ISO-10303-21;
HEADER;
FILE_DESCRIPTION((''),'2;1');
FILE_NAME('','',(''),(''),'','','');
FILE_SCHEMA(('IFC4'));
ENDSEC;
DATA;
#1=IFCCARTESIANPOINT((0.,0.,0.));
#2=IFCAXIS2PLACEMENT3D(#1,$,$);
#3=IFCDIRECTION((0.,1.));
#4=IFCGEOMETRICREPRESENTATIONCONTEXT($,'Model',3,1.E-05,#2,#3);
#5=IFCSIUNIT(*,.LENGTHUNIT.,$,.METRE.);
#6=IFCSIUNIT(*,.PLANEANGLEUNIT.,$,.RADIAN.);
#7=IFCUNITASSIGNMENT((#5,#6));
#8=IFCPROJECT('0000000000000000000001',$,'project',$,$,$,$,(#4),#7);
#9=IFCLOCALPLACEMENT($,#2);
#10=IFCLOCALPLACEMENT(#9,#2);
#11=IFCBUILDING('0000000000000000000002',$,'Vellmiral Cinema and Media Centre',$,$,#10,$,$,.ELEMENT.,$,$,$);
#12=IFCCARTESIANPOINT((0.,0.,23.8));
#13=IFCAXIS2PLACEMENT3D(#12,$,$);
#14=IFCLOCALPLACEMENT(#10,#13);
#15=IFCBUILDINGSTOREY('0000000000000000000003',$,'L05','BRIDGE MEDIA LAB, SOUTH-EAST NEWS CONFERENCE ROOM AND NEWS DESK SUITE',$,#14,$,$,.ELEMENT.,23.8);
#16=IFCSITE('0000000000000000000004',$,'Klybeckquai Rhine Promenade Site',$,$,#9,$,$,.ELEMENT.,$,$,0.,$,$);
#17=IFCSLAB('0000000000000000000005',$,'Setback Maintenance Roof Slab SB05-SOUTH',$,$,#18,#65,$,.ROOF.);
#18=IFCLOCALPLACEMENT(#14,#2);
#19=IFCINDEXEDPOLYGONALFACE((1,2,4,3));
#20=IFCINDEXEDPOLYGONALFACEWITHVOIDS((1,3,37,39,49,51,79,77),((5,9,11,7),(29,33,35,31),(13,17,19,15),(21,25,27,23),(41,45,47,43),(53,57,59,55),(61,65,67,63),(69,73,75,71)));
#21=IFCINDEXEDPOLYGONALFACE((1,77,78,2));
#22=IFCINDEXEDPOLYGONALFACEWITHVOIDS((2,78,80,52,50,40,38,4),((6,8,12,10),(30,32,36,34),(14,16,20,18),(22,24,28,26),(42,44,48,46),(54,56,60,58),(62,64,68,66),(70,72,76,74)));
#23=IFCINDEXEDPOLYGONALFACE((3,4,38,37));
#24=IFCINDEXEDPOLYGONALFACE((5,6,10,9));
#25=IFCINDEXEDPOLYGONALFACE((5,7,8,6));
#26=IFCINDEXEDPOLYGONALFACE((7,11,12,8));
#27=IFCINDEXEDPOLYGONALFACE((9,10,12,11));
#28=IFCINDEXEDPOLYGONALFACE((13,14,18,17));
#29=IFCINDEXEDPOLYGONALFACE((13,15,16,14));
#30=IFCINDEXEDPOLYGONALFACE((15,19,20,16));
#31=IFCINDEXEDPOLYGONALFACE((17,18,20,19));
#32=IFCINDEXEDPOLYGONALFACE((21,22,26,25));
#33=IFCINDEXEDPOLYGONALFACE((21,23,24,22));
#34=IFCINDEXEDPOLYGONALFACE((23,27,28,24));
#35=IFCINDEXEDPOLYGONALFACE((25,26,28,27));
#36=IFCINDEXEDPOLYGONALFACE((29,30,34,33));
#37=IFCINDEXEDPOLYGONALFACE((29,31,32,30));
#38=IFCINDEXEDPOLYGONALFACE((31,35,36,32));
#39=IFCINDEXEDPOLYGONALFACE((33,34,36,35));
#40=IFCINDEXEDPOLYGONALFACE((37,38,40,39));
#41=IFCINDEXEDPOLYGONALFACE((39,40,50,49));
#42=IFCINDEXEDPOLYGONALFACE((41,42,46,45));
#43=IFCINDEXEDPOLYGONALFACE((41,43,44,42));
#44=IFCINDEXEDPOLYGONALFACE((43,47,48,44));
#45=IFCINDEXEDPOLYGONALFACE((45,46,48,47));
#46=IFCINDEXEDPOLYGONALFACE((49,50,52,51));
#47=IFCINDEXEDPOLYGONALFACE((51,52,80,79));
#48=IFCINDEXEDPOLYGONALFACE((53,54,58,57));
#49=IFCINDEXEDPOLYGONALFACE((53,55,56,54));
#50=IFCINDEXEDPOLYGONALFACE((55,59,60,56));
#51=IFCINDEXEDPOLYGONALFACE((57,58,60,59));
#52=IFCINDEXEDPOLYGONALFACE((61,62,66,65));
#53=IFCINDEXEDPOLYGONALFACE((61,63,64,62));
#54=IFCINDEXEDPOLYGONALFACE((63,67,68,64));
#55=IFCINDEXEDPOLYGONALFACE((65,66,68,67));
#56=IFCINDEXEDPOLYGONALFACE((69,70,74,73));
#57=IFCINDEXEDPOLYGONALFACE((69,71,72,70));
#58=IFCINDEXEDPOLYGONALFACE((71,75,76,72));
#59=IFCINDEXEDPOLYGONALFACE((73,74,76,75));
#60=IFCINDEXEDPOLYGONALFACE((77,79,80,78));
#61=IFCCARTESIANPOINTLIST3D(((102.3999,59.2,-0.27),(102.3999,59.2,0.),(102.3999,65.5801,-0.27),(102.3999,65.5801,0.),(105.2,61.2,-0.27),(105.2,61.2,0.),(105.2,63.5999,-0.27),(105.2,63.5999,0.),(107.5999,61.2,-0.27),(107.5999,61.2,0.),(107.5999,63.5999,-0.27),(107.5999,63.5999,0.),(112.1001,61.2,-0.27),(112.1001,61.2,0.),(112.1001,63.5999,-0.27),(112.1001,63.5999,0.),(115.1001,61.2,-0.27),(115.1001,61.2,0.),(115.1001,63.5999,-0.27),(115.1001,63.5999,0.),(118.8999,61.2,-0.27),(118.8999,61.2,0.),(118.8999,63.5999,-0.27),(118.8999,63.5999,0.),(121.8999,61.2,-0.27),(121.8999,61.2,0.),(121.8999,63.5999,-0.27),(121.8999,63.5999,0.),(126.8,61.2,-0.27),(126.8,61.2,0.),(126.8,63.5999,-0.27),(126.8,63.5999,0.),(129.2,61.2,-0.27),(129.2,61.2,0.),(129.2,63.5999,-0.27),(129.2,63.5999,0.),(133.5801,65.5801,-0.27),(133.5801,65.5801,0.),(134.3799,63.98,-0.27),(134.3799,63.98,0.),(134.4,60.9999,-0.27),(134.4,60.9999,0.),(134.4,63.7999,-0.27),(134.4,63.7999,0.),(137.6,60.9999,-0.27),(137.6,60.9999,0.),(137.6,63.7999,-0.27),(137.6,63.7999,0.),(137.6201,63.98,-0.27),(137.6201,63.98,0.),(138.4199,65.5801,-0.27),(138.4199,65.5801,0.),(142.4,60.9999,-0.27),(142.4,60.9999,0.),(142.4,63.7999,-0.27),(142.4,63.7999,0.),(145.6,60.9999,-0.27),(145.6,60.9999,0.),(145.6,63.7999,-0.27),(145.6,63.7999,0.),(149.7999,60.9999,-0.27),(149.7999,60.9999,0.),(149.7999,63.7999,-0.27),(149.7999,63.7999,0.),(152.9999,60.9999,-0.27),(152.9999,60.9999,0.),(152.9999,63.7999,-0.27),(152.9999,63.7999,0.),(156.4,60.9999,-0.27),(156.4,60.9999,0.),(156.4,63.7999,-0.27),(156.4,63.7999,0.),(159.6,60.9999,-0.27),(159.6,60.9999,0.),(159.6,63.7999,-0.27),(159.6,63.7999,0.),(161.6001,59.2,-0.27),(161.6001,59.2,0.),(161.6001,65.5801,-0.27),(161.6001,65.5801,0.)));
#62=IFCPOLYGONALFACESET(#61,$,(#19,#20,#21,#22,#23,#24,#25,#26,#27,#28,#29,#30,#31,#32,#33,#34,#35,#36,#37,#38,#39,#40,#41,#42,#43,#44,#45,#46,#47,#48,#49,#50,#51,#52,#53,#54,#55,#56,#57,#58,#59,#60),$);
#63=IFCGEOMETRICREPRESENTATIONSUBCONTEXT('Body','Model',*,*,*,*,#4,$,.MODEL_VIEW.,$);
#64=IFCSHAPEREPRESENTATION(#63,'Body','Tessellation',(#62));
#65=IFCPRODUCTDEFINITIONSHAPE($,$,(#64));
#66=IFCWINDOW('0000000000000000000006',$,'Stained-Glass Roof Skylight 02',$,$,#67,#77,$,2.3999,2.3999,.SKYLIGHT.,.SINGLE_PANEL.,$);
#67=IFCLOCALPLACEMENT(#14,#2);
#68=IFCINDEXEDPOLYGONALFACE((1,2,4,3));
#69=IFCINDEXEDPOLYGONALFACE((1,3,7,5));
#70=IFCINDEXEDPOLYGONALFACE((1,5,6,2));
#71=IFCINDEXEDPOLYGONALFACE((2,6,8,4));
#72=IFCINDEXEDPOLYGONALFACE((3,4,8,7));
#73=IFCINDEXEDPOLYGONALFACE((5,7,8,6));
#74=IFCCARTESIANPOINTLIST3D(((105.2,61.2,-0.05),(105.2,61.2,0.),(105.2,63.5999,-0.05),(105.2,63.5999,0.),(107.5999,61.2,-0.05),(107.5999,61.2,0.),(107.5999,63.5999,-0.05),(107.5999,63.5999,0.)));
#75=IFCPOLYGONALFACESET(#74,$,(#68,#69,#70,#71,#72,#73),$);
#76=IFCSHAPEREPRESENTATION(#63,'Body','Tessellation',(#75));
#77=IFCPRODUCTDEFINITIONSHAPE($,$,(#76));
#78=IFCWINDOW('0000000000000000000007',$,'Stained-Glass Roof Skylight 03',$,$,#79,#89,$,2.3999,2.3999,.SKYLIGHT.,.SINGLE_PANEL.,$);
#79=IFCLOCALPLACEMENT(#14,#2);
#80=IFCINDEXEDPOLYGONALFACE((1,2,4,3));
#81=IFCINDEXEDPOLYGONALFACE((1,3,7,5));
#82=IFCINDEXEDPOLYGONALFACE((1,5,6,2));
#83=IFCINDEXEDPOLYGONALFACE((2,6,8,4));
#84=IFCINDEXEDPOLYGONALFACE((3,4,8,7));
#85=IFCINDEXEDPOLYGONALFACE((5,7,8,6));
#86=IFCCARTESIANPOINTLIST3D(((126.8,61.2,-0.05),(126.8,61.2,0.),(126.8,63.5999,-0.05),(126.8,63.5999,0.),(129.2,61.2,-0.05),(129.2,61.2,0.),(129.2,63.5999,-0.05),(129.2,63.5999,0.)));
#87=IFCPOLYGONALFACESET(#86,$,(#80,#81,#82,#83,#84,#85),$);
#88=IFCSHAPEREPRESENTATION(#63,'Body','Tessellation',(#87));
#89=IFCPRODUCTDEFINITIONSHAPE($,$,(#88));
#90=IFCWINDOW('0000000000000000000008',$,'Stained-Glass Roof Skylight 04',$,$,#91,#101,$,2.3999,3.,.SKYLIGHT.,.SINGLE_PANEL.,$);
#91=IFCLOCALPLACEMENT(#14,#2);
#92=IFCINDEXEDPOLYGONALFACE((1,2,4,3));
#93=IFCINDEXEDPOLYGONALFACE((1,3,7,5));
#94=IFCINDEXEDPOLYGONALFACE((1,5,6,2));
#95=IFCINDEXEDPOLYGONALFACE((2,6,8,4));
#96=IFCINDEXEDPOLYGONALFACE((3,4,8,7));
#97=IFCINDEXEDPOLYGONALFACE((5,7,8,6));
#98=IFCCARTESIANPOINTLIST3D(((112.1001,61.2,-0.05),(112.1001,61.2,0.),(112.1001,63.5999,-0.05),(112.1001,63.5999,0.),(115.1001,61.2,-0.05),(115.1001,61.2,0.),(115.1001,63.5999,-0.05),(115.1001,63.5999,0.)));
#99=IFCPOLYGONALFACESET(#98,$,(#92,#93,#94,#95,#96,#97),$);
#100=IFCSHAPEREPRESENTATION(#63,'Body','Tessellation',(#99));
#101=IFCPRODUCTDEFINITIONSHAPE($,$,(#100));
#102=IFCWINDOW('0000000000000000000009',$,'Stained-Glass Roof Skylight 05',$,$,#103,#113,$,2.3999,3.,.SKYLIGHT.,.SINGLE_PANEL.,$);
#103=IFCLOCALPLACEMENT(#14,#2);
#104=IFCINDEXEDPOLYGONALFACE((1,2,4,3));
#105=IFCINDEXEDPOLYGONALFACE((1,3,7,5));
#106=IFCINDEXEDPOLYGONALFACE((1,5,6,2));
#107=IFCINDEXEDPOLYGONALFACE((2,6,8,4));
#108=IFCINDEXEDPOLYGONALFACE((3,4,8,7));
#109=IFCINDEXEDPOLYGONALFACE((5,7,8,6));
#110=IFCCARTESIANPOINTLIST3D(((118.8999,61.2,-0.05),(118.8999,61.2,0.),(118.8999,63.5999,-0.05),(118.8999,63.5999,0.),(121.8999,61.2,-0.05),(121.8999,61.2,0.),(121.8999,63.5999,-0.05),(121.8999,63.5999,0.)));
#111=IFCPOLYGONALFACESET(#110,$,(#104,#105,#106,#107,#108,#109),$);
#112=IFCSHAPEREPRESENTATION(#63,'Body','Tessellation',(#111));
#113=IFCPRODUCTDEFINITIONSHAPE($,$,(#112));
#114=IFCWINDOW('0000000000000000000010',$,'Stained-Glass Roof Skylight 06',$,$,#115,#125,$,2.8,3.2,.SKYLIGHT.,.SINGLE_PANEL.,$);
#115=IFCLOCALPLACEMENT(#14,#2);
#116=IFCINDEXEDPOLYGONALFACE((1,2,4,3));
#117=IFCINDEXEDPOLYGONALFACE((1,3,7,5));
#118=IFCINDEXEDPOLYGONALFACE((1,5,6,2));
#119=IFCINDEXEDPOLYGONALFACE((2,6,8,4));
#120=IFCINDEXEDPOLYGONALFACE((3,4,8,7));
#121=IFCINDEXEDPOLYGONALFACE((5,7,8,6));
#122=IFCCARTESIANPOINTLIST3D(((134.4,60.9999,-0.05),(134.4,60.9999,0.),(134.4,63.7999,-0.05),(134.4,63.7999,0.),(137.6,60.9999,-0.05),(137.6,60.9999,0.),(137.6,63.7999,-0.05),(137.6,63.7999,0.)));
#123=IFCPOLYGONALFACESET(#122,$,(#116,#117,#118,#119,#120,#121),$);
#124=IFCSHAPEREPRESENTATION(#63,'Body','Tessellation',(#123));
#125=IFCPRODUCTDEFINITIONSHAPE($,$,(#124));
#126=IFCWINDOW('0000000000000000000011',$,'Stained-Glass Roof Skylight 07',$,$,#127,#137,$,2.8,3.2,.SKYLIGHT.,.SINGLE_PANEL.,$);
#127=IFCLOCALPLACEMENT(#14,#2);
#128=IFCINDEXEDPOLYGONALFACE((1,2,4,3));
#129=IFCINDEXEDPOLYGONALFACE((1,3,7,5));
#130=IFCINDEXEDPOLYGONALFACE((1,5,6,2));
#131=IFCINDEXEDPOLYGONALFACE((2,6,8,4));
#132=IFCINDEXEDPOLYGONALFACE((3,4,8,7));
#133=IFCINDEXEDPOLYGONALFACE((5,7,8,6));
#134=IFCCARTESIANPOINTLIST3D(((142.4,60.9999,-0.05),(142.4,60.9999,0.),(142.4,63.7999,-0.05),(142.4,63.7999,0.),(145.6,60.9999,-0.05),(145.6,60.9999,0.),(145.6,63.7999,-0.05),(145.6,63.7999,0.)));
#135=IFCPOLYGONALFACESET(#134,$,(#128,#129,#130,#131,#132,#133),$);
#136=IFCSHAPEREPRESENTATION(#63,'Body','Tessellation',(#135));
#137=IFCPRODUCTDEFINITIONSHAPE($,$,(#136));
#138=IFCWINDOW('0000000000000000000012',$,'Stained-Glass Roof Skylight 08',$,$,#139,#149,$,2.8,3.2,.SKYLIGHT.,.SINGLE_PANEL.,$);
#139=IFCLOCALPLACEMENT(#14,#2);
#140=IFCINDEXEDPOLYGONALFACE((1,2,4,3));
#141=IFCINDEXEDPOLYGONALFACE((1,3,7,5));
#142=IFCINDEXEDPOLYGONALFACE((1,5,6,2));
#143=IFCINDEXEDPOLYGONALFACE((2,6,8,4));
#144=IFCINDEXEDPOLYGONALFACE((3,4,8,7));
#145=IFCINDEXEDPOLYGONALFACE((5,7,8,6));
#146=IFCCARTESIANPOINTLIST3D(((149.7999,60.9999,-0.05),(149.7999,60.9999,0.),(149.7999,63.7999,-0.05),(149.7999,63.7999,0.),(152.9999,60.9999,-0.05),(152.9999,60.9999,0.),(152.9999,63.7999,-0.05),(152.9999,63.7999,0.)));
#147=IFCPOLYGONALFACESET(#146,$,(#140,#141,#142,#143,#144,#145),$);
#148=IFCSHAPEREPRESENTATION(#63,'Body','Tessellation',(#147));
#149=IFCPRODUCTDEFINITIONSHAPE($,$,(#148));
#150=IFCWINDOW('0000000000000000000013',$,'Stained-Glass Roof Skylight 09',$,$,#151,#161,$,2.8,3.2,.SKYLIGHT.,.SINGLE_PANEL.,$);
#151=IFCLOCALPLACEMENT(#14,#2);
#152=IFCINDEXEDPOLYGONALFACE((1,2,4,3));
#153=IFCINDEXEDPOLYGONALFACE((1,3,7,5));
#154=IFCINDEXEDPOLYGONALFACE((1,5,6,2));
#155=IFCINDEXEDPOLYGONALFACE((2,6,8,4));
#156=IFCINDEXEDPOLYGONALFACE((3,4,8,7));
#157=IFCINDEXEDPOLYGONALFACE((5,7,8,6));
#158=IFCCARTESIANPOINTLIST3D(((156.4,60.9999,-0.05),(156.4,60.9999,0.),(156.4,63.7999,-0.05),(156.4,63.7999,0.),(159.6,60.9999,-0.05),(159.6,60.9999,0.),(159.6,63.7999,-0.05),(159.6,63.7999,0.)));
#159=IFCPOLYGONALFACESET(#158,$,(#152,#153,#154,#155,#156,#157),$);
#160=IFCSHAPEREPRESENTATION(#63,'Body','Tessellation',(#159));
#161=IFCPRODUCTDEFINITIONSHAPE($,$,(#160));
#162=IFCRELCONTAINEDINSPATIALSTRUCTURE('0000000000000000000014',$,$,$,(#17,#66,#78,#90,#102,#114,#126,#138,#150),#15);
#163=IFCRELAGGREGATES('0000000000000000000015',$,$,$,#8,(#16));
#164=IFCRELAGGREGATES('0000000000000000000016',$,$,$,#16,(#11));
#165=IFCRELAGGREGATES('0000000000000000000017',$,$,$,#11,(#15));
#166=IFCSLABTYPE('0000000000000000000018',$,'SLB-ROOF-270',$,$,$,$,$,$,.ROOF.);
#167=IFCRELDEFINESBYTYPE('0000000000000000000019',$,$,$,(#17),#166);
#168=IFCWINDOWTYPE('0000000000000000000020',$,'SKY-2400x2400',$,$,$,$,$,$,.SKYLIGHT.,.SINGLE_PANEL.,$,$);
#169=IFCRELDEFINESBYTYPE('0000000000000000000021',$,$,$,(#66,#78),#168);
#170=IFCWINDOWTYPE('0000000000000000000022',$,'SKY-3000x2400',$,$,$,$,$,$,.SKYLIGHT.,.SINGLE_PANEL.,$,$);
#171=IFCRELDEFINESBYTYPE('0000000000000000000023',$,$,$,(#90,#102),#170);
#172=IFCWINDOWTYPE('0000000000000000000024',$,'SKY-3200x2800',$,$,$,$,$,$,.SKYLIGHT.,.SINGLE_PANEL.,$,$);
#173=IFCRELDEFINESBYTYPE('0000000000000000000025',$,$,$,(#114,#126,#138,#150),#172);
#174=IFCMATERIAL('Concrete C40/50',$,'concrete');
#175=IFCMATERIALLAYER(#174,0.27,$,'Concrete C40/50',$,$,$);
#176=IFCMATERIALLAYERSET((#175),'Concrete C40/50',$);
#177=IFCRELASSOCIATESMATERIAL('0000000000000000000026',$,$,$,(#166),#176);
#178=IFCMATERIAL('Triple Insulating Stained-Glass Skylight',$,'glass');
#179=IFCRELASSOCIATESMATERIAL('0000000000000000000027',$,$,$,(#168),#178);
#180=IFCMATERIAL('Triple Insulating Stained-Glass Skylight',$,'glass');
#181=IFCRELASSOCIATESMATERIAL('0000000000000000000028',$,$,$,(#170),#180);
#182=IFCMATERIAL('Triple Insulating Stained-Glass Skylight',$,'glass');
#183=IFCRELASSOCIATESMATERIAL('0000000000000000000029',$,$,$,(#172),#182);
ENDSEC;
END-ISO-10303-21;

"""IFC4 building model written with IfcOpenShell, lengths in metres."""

from ifc_helpers import new_model, si_unit, direction, frame, origin, origin_2d, place, context, subcontext, project, spatial, polyline, rectangle, outline, extrude, material, layer, layer_set, type_object, element, fill, save


model = new_model("IFC4")

# Units and contexts
model_context = context("Model", 3, precision=1e-05, world=origin(), true_north=direction((0.0, 1.0)))
body_context = subcontext(model_context, "Body", "Model", "MODEL_VIEW")
ifc_project = project(units=[si_unit("LENGTHUNIT", "METRE"), si_unit("PLANEANGLEUNIT", "RADIAN")], contexts=[model_context])

# Site, building, storey
site_placement = place(None, origin())
site = spatial("IfcSite", under=ifc_project, at=site_placement, Name="Klybeckquai Rhine Promenade Site", CompositionType="ELEMENT", RefElevation=0.0)
building_placement = place(site_placement, origin())
building = spatial("IfcBuilding", under=site, at=building_placement, Name="Vellmiral Cinema and Media Centre", CompositionType="ELEMENT")
storey_placement = place(building_placement, frame((0.0, 0.0, 23.8)))
storey = spatial("IfcBuildingStorey", under=building, at=storey_placement, Name="L05", Description="BRIDGE MEDIA LAB, SOUTH-EAST NEWS CONFERENCE ROOM AND NEWS DESK SUITE", CompositionType="ELEMENT", Elevation=23.8)

# Slab, openings, windows
ifc_material_1 = material(Name="Concrete C40/50", Category="concrete")
ifc_layer_1 = layer(ifc_material_1, 0.27, Name="Concrete C40/50")
ifc_layer_set_1 = layer_set([ifc_layer_1], Name="Concrete C40/50")
slab_type_1 = type_object("IfcSlabType", Name="SLB-ROOF-270", PredefinedType="ROOF", material=ifc_layer_set_1)
slab_1_placement = place(storey_placement, frame((0.0, 0.0, -0.27)))
slab_1 = element("IfcSlab", 1, at=slab_1_placement, inside=storey, type_object=slab_type_1, Name="Setback Maintenance Roof Slab SB05-SOUTH", PredefinedType="ROOF", context=body_context, shape_type="SweptSolid", body=[
    extrude(outline(polyline([(102.3999, 59.2), (161.6001, 59.2), (161.6001, 65.5801), (138.4199, 65.5801), (137.6201, 63.98), (134.3799, 63.98), (133.5801, 65.5801), (102.3999, 65.5801), (102.3999, 59.2)])), origin(), (0.0, 0.0, 1.0), 0.27),
])
opening_1_placement = place(slab_1_placement, frame((106.3999, 62.3999, -0.012)))
opening_1 = element("IfcOpeningElement", 2, at=opening_1_placement, cuts=slab_1, PredefinedType="OPENING", context=body_context, shape_type="SweptSolid", body=[
    extrude(rectangle(XDim=2.3999, YDim=2.3999, at=origin_2d()), origin(), (0.0, 0.0, 1.0), 0.2939),
])
opening_2_placement = place(slab_1_placement, frame((128.0, 62.3999, -0.012)))
opening_2 = element("IfcOpeningElement", 3, at=opening_2_placement, cuts=slab_1, PredefinedType="OPENING", context=body_context, shape_type="SweptSolid", body=[
    extrude(rectangle(XDim=2.3999, YDim=2.3999, at=origin_2d()), origin(), (0.0, 0.0, 1.0), 0.2939),
])
opening_3_placement = place(slab_1_placement, frame((113.6001, 62.3999, -0.012)))
opening_3 = element("IfcOpeningElement", 4, at=opening_3_placement, cuts=slab_1, PredefinedType="OPENING", context=body_context, shape_type="SweptSolid", body=[
    extrude(rectangle(XDim=3.0, YDim=2.3999, at=origin_2d()), origin(), (0.0, 0.0, 1.0), 0.2939),
])
opening_4_placement = place(slab_1_placement, frame((120.3999, 62.3999, -0.012)))
opening_4 = element("IfcOpeningElement", 5, at=opening_4_placement, cuts=slab_1, PredefinedType="OPENING", context=body_context, shape_type="SweptSolid", body=[
    extrude(rectangle(XDim=3.0, YDim=2.3999, at=origin_2d()), origin(), (0.0, 0.0, 1.0), 0.2939),
])
opening_5_placement = place(slab_1_placement, frame((136.0, 62.3999, -0.012)))
opening_5 = element("IfcOpeningElement", 6, at=opening_5_placement, cuts=slab_1, PredefinedType="OPENING", context=body_context, shape_type="SweptSolid", body=[
    extrude(rectangle(XDim=3.2, YDim=2.8, at=origin_2d()), origin(), (0.0, 0.0, 1.0), 0.2939),
])
opening_6_placement = place(slab_1_placement, frame((144.0, 62.3999, -0.012)))
opening_6 = element("IfcOpeningElement", 7, at=opening_6_placement, cuts=slab_1, PredefinedType="OPENING", context=body_context, shape_type="SweptSolid", body=[
    extrude(rectangle(XDim=3.2, YDim=2.8, at=origin_2d()), origin(), (0.0, 0.0, 1.0), 0.2939),
])
opening_7_placement = place(slab_1_placement, frame((151.3999, 62.3999, -0.012)))
opening_7 = element("IfcOpeningElement", 8, at=opening_7_placement, cuts=slab_1, PredefinedType="OPENING", context=body_context, shape_type="SweptSolid", body=[
    extrude(rectangle(XDim=3.2, YDim=2.8, at=origin_2d()), origin(), (0.0, 0.0, 1.0), 0.2939),
])
opening_8_placement = place(slab_1_placement, frame((158.0, 62.3999, -0.012)))
opening_8 = element("IfcOpeningElement", 9, at=opening_8_placement, cuts=slab_1, PredefinedType="OPENING", context=body_context, shape_type="SweptSolid", body=[
    extrude(rectangle(XDim=3.2, YDim=2.8, at=origin_2d()), origin(), (0.0, 0.0, 1.0), 0.2939),
])
ifc_material_2 = material(Name="Triple Insulating Stained-Glass Skylight", Category="glass")
window_type_1 = type_object("IfcWindowType", Name="SKY-2400x2400", PartitioningType="SINGLE_PANEL", PredefinedType="SKYLIGHT", material=ifc_material_2)
window_1_placement = place(opening_1_placement, frame((0.0, 0.0, 0.2319)))
window_1 = element("IfcWindow", 10, at=window_1_placement, inside=storey, type_object=window_type_1, Name="Stained-Glass Roof Skylight 02", OverallHeight=2.3999, OverallWidth=2.3999, PartitioningType="SINGLE_PANEL", PredefinedType="SKYLIGHT", context=body_context, shape_type="SweptSolid", body=[
    extrude(rectangle(XDim=2.3999, YDim=2.3999, at=origin_2d()), origin(), (0.0, 0.0, 1.0), 0.05),
])
fill(opening_1, window_1)
window_2_placement = place(opening_2_placement, frame((0.0, 0.0, 0.2319)))
window_2 = element("IfcWindow", 11, at=window_2_placement, inside=storey, type_object=window_type_1, Name="Stained-Glass Roof Skylight 03", OverallHeight=2.3999, OverallWidth=2.3999, PartitioningType="SINGLE_PANEL", PredefinedType="SKYLIGHT", context=body_context, shape_type="SweptSolid", body=[
    extrude(rectangle(XDim=2.3999, YDim=2.3999, at=origin_2d()), origin(), (0.0, 0.0, 1.0), 0.05),
])
fill(opening_2, window_2)
ifc_material_3 = material(Name="Triple Insulating Stained-Glass Skylight", Category="glass")
window_type_2 = type_object("IfcWindowType", Name="SKY-3000x2400", PartitioningType="SINGLE_PANEL", PredefinedType="SKYLIGHT", material=ifc_material_3)
window_3_placement = place(opening_3_placement, frame((0.0, 0.0, 0.2319)))
window_3 = element("IfcWindow", 12, at=window_3_placement, inside=storey, type_object=window_type_2, Name="Stained-Glass Roof Skylight 04", OverallHeight=2.3999, OverallWidth=3.0, PartitioningType="SINGLE_PANEL", PredefinedType="SKYLIGHT", context=body_context, shape_type="SweptSolid", body=[
    extrude(rectangle(XDim=3.0, YDim=2.3999, at=origin_2d()), origin(), (0.0, 0.0, 1.0), 0.05),
])
fill(opening_3, window_3)
window_4_placement = place(opening_4_placement, frame((0.0, 0.0, 0.2319)))
window_4 = element("IfcWindow", 13, at=window_4_placement, inside=storey, type_object=window_type_2, Name="Stained-Glass Roof Skylight 05", OverallHeight=2.3999, OverallWidth=3.0, PartitioningType="SINGLE_PANEL", PredefinedType="SKYLIGHT", context=body_context, shape_type="SweptSolid", body=[
    extrude(rectangle(XDim=3.0, YDim=2.3999, at=origin_2d()), origin(), (0.0, 0.0, 1.0), 0.05),
])
fill(opening_4, window_4)
ifc_material_4 = material(Name="Triple Insulating Stained-Glass Skylight", Category="glass")
window_type_3 = type_object("IfcWindowType", Name="SKY-3200x2800", PartitioningType="SINGLE_PANEL", PredefinedType="SKYLIGHT", material=ifc_material_4)
window_5_placement = place(opening_5_placement, frame((0.0, 0.0, 0.2319)))
window_5 = element("IfcWindow", 14, at=window_5_placement, inside=storey, type_object=window_type_3, Name="Stained-Glass Roof Skylight 06", OverallHeight=2.8, OverallWidth=3.2, PartitioningType="SINGLE_PANEL", PredefinedType="SKYLIGHT", context=body_context, shape_type="SweptSolid", body=[
    extrude(rectangle(XDim=3.2, YDim=2.8, at=origin_2d()), origin(), (0.0, 0.0, 1.0), 0.05),
])
fill(opening_5, window_5)
window_6_placement = place(opening_6_placement, frame((0.0, 0.0, 0.2319)))
window_6 = element("IfcWindow", 15, at=window_6_placement, inside=storey, type_object=window_type_3, Name="Stained-Glass Roof Skylight 07", OverallHeight=2.8, OverallWidth=3.2, PartitioningType="SINGLE_PANEL", PredefinedType="SKYLIGHT", context=body_context, shape_type="SweptSolid", body=[
    extrude(rectangle(XDim=3.2, YDim=2.8, at=origin_2d()), origin(), (0.0, 0.0, 1.0), 0.05),
])
fill(opening_6, window_6)
window_7_placement = place(opening_7_placement, frame((0.0, 0.0, 0.2319)))
window_7 = element("IfcWindow", 16, at=window_7_placement, inside=storey, type_object=window_type_3, Name="Stained-Glass Roof Skylight 08", OverallHeight=2.8, OverallWidth=3.2, PartitioningType="SINGLE_PANEL", PredefinedType="SKYLIGHT", context=body_context, shape_type="SweptSolid", body=[
    extrude(rectangle(XDim=3.2, YDim=2.8, at=origin_2d()), origin(), (0.0, 0.0, 1.0), 0.05),
])
fill(opening_7, window_7)
window_8_placement = place(opening_8_placement, frame((0.0, 0.0, 0.2319)))
window_8 = element("IfcWindow", 17, at=window_8_placement, inside=storey, type_object=window_type_3, Name="Stained-Glass Roof Skylight 09", OverallHeight=2.8, OverallWidth=3.2, PartitioningType="SINGLE_PANEL", PredefinedType="SKYLIGHT", context=body_context, shape_type="SweptSolid", body=[
    extrude(rectangle(XDim=3.2, YDim=2.8, at=origin_2d()), origin(), (0.0, 0.0, 1.0), 0.05),
])
fill(opening_8, window_8)

save(model, "model.ifc")
